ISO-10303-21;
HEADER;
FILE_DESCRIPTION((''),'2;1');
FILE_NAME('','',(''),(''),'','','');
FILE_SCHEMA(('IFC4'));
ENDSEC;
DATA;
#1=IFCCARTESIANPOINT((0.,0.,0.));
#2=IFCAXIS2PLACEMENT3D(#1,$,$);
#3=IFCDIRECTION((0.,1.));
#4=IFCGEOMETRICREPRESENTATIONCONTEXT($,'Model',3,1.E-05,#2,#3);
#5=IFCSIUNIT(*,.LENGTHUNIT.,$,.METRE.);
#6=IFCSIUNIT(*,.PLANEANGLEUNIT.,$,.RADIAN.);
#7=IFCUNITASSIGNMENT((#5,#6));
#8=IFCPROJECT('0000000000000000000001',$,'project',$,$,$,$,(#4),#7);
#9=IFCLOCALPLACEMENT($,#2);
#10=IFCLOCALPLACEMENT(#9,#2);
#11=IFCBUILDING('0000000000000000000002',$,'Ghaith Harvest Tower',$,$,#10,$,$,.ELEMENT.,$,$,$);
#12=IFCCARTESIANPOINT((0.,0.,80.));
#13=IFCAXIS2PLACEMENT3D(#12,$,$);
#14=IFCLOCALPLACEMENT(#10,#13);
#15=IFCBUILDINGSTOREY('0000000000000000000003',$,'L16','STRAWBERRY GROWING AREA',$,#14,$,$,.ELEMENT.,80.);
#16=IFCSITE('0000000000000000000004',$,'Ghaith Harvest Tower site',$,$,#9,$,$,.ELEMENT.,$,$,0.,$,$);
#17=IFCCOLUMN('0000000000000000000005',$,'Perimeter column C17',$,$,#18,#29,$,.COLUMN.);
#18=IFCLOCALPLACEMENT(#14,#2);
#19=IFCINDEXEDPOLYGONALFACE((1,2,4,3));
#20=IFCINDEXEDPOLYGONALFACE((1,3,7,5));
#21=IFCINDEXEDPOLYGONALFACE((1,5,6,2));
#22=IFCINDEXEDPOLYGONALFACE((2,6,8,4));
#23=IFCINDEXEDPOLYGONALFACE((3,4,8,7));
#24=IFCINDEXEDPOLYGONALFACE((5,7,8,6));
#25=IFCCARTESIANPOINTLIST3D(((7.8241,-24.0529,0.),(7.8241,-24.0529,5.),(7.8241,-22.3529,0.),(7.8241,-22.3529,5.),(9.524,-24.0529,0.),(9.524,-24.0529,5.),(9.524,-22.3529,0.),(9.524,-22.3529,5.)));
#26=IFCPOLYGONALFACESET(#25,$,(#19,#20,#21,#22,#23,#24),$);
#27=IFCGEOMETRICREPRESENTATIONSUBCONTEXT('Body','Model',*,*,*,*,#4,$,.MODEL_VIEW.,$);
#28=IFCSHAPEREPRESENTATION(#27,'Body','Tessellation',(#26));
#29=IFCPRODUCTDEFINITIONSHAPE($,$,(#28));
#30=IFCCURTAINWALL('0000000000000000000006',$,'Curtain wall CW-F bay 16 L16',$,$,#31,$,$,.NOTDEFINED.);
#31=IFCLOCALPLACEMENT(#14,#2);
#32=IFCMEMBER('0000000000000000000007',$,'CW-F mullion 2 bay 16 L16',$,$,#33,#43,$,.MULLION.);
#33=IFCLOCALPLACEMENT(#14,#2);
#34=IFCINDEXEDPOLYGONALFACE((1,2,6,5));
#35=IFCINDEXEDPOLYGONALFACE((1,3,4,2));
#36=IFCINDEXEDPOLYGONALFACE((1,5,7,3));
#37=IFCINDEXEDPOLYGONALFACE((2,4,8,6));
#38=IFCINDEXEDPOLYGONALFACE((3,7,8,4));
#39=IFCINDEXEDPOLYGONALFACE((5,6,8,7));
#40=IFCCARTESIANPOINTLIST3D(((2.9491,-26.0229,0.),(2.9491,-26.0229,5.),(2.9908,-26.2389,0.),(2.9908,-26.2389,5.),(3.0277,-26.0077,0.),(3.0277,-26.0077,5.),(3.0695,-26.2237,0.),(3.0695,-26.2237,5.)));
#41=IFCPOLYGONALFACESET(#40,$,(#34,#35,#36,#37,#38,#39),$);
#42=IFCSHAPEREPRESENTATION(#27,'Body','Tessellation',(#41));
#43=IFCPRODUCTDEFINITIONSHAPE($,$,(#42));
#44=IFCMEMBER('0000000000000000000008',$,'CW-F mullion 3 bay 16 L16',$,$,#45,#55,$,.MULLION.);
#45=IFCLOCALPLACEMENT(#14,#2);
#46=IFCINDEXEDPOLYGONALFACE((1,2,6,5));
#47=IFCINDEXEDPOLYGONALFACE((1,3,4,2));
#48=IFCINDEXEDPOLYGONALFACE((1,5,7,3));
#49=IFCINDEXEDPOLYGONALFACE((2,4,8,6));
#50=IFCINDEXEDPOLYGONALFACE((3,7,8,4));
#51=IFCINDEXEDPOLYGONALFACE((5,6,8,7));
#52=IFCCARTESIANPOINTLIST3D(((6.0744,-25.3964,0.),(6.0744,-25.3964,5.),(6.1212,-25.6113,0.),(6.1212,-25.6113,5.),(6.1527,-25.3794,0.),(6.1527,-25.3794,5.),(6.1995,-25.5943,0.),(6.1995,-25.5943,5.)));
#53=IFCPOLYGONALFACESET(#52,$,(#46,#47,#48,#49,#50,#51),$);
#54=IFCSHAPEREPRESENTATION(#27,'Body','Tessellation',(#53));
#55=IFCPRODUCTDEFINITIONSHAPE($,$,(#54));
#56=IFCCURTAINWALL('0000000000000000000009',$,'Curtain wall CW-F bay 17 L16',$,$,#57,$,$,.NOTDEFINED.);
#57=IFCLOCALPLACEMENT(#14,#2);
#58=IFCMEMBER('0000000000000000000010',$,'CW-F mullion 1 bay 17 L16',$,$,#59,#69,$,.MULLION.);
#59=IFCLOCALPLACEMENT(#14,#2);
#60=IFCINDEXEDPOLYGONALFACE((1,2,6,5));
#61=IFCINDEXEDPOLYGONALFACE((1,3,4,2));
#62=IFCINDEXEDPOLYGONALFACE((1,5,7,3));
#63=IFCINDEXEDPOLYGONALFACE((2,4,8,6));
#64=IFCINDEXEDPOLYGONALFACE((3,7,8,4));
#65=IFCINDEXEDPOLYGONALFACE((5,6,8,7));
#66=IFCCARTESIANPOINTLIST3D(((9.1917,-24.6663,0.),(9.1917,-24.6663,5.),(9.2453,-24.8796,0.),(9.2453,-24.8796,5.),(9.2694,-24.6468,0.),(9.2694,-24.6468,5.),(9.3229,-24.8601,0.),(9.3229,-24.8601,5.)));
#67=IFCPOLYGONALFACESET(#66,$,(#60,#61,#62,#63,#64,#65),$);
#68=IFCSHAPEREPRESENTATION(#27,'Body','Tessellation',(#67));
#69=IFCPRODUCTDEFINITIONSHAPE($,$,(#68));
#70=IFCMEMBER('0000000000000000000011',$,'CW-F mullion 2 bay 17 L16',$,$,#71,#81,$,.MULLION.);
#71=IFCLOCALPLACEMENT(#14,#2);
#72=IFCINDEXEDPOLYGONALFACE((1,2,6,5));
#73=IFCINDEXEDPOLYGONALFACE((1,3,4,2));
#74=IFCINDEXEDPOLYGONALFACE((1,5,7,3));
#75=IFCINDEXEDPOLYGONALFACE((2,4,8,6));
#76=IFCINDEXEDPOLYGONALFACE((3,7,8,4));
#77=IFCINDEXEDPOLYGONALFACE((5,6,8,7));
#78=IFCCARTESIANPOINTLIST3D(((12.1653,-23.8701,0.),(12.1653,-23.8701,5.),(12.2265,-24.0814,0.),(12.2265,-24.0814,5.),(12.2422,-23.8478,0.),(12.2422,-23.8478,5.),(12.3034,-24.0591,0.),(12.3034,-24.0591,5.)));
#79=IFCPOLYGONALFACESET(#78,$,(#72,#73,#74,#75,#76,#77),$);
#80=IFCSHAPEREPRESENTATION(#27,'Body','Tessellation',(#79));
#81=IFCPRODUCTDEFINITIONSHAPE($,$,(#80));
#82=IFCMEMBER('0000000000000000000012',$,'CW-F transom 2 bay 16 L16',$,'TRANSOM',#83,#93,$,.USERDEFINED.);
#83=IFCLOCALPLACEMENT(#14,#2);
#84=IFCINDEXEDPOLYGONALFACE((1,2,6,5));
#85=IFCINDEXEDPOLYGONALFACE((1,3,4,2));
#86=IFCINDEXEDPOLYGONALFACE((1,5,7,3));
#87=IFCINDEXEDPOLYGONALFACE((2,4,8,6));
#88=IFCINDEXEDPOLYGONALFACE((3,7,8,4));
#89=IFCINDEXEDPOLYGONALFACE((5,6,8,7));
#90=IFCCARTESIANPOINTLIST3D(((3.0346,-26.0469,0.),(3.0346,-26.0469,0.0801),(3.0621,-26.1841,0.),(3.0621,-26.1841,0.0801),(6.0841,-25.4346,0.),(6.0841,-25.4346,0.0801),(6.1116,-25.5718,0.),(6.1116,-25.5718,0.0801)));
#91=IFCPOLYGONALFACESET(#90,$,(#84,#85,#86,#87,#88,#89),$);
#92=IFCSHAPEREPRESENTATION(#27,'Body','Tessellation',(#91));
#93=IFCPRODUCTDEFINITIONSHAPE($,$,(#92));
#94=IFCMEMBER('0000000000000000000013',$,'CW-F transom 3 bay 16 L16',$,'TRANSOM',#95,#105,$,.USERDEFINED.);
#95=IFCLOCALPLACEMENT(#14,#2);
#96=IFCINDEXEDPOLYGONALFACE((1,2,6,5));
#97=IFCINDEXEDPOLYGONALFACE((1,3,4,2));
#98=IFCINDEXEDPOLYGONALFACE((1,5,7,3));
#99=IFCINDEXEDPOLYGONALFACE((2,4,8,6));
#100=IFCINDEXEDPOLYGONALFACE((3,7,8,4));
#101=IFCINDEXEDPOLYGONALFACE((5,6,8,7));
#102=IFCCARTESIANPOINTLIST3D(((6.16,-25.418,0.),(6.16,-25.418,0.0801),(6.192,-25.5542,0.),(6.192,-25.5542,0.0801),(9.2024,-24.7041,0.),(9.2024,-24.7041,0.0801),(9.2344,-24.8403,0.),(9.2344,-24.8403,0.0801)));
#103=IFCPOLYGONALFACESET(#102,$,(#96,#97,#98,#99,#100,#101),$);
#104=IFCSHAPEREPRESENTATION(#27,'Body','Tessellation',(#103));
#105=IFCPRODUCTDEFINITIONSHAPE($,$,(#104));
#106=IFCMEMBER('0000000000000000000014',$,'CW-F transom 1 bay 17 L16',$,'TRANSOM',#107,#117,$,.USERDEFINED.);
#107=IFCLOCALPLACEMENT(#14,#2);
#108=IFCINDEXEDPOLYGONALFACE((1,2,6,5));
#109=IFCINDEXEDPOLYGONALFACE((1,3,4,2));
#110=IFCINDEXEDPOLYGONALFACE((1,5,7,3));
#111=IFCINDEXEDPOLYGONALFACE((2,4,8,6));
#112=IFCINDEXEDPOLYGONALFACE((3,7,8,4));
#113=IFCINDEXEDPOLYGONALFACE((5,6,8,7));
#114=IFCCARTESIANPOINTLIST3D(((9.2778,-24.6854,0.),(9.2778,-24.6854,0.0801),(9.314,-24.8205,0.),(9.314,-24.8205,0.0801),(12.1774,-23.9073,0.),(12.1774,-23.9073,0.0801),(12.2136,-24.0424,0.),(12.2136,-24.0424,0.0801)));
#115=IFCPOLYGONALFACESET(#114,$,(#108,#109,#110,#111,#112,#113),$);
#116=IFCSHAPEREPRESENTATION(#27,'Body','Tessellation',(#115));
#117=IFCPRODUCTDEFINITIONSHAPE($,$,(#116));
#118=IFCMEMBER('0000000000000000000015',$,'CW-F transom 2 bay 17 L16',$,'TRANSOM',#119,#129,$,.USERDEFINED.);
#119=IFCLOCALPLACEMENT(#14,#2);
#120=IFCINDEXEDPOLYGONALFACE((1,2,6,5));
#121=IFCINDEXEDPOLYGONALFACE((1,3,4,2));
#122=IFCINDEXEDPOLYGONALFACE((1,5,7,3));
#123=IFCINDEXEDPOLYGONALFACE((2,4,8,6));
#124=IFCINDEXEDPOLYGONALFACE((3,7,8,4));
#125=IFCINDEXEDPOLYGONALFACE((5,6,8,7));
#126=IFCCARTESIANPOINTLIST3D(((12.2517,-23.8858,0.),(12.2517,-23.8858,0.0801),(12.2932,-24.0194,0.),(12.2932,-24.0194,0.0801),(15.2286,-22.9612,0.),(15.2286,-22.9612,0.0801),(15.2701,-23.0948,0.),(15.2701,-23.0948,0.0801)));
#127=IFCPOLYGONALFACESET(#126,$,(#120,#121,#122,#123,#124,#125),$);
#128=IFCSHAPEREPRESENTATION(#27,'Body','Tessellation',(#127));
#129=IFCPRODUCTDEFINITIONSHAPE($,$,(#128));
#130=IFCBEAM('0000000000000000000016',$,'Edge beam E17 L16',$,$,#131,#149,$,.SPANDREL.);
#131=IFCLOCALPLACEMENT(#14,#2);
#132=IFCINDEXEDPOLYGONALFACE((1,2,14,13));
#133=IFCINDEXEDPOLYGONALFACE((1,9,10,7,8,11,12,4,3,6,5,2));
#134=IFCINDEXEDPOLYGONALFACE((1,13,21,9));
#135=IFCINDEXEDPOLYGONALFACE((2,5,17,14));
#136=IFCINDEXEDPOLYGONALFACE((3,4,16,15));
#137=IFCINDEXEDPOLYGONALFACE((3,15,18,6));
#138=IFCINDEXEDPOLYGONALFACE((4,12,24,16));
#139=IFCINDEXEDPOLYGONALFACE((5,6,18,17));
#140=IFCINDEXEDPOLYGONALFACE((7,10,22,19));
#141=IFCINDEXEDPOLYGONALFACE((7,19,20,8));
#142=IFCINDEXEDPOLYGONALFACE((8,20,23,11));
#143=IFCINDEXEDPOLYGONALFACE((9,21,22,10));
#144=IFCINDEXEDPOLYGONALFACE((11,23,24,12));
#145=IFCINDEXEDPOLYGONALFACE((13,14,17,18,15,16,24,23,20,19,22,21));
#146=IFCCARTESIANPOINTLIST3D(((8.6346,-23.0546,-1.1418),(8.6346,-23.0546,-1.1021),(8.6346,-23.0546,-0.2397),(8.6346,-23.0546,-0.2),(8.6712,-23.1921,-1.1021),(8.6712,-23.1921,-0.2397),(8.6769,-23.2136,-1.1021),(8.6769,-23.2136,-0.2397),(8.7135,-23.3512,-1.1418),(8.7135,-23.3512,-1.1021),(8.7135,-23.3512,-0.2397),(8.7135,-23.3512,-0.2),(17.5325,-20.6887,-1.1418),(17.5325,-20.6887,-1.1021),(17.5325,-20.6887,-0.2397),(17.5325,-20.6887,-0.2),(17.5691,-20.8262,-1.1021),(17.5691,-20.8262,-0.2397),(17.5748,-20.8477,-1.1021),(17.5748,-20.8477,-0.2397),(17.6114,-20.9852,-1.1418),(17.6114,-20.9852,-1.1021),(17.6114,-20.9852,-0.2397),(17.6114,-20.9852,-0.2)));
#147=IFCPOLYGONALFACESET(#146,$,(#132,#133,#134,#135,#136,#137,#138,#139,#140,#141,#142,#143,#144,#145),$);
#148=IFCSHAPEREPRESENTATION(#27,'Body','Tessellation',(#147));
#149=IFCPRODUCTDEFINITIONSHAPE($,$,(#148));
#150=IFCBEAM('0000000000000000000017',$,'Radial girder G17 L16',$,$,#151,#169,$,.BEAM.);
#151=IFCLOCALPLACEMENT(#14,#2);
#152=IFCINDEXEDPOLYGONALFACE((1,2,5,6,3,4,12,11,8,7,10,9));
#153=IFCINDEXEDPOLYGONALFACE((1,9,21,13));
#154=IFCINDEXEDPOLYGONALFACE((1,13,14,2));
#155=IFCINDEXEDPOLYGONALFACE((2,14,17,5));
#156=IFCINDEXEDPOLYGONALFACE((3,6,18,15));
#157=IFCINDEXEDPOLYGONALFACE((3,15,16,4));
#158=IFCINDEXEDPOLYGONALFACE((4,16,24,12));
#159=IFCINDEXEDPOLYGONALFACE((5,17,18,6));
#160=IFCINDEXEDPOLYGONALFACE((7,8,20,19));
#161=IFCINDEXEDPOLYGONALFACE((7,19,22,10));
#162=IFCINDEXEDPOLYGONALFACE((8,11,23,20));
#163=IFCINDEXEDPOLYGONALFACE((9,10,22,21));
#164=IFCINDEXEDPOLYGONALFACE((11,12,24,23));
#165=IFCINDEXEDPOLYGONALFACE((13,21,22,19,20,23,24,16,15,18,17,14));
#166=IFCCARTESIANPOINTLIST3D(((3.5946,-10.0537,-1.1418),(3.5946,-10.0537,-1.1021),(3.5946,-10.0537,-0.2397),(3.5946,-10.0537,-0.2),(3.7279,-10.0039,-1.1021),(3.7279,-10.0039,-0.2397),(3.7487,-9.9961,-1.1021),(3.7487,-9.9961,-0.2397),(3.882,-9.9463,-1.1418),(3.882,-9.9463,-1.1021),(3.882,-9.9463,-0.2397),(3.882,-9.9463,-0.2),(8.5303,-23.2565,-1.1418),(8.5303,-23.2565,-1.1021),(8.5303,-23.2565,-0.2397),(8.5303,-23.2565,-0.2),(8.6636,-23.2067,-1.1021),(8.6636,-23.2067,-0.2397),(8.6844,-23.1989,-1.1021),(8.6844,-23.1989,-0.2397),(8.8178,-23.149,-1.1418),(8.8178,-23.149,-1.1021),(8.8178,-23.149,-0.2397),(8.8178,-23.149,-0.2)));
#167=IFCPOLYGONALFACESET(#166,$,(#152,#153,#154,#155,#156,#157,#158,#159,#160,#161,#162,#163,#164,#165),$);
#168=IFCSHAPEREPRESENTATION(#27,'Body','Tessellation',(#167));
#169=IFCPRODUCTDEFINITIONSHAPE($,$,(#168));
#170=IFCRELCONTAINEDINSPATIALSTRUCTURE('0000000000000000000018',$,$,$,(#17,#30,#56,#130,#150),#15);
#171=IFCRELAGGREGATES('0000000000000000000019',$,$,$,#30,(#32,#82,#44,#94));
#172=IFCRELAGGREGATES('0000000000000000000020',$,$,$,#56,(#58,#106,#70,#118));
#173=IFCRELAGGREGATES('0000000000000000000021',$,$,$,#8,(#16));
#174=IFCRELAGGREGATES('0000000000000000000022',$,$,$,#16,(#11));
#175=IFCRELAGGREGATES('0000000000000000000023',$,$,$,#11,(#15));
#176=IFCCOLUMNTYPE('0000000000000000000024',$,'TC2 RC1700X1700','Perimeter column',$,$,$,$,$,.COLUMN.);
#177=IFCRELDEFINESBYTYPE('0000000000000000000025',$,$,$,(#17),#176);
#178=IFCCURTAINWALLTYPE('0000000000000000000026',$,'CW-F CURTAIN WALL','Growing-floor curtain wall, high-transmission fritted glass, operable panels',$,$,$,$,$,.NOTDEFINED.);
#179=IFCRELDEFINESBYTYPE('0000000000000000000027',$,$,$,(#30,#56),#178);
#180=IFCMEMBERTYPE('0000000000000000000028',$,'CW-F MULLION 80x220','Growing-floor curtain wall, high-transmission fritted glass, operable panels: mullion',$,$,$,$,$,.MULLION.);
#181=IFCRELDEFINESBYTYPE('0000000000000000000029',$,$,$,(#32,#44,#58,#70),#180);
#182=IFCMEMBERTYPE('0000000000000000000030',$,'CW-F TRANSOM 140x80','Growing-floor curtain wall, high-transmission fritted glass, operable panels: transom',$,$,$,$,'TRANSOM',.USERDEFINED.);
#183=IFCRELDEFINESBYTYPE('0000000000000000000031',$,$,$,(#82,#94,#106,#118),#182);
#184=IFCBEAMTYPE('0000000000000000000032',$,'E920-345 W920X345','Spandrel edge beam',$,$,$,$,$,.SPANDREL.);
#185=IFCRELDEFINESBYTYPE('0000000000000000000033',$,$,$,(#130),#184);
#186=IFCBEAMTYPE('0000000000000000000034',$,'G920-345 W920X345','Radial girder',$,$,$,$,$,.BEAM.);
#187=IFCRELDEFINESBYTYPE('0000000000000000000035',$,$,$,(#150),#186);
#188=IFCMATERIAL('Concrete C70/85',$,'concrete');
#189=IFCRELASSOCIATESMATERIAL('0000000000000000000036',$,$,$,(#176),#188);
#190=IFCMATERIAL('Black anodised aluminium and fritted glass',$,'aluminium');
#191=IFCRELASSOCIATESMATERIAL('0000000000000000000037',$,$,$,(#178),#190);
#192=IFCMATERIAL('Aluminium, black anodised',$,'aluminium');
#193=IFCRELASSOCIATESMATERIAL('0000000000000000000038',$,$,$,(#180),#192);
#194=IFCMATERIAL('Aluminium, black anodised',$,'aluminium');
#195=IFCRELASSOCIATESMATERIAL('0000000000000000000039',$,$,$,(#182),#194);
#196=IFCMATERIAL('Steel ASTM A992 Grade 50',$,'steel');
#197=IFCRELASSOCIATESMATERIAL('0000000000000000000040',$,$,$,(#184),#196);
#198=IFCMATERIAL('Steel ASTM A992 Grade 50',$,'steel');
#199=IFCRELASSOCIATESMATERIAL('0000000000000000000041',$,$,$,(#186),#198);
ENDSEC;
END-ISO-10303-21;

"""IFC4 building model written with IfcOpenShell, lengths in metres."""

from ifc_helpers import new_model, si_unit, direction, frame, origin, origin_2d, place, context, subcontext, project, spatial, rectangle, i_section, extrude, material, material_profile, profile_set, type_object, element, aggregate, save


model = new_model("IFC4")

# Units and contexts
model_context = context("Model", 3, precision=1e-05, world=origin(), true_north=direction((0.0, 1.0)))
body_context = subcontext(model_context, "Body", "Model", "MODEL_VIEW")
ifc_project = project(units=[si_unit("LENGTHUNIT", "METRE"), si_unit("PLANEANGLEUNIT", "RADIAN")], contexts=[model_context])

# Site, building, storey
site_placement = place(None, origin())
site = spatial("IfcSite", under=ifc_project, at=site_placement, Name="Ghaith Harvest Tower site", CompositionType="ELEMENT", RefElevation=0.0)
building_placement = place(site_placement, origin())
building = spatial("IfcBuilding", under=site, at=building_placement, Name="Ghaith Harvest Tower", CompositionType="ELEMENT")
storey_placement = place(building_placement, frame((0.0, 0.0, 80.0)))
storey = spatial("IfcBuildingStorey", under=building, at=storey_placement, Name="L16", Description="STRAWBERRY GROWING AREA", CompositionType="ELEMENT", Elevation=80.0)

# Column
ifc_material_1 = material(Name="Concrete C70/85", Category="concrete")
ifc_material_profile_1 = material_profile(ifc_material_1, rectangle(XDim=1.7, YDim=1.7, at=origin_2d()), Name="RC1700X1700")
ifc_profile_set_1 = profile_set([ifc_material_profile_1], Name="Concrete C70/85")
column_type = type_object("IfcColumnType", Name="TC2 RC1700X1700", Description="Perimeter column", PredefinedType="COLUMN", material=ifc_profile_set_1)
column_placement = place(storey_placement, frame((8.6741, -23.2029, 0.0), z_axis=(0.0, 0.0, 1.0), x_axis=(1.0, 0.0, 0.0)))
element("IfcColumn", 1, at=column_placement, inside=storey, type_object=column_type, Name="Perimeter column C17", PredefinedType="COLUMN", context=body_context, shape_type="SweptSolid", body=[
    extrude(rectangle(XDim=1.7, YDim=1.7, at=origin_2d()), origin(), (0.0, 0.0, 1.0), 5.0),
])

# Curtain walls, members
ifc_material_2 = material(Name="Black anodised aluminium and fritted glass", Category="aluminium")
curtain_wall_type = type_object("IfcCurtainWallType", Name="CW-F CURTAIN WALL", Description="Growing-floor curtain wall, high-transmission fritted glass, operable panels", PredefinedType="NOTDEFINED", material=ifc_material_2)
curtain_wall_1_placement = place(storey_placement, origin())
curtain_wall_1 = element("IfcCurtainWall", 2, at=curtain_wall_1_placement, inside=storey, type_object=curtain_wall_type, Name="Curtain wall CW-F bay 16 L16", PredefinedType="NOTDEFINED")
ifc_material_3 = material(Name="Aluminium, black anodised", Category="aluminium")
ifc_material_profile_2 = material_profile(ifc_material_3, rectangle(XDim=0.0801, YDim=0.22, at=origin_2d()), Name="CW-F MULLION 80x220")
ifc_profile_set_2 = profile_set([ifc_material_profile_2], Name="Aluminium, black anodised")
member_type_1 = type_object("IfcMemberType", Name="CW-F MULLION 80x220", Description="Growing-floor curtain wall, high-transmission fritted glass, operable panels: mullion", PredefinedType="MULLION", material=ifc_profile_set_2)
member_1_placement = place(storey_placement, frame((3.0093, -26.1233, 0.0), z_axis=(0.0, 0.0, 1.0), x_axis=(0.981818, 0.189822, 0.0)))
member_1 = element("IfcMember", 3, at=member_1_placement, type_object=member_type_1, Name="CW-F mullion 2 bay 16 L16", PredefinedType="MULLION", context=body_context, shape_type="SweptSolid", body=[
    extrude(rectangle(XDim=0.0801, YDim=0.22, at=origin_2d()), origin(), (0.0, 0.0, 1.0), 5.0),
])
member_2_placement = place(storey_placement, frame((6.137, -25.4954, 0.0), z_axis=(0.0, 0.0, 1.0), x_axis=(0.977118, 0.212698, 0.0)))
member_2 = element("IfcMember", 4, at=member_2_placement, type_object=member_type_1, Name="CW-F mullion 3 bay 16 L16", PredefinedType="MULLION", context=body_context, shape_type="SweptSolid", body=[
    extrude(rectangle(XDim=0.0801, YDim=0.22, at=origin_2d()), origin(), (0.0, 0.0, 1.0), 5.0),
])
curtain_wall_2_placement = place(storey_placement, origin())
curtain_wall_2 = element("IfcCurtainWall", 5, at=curtain_wall_2_placement, inside=storey, type_object=curtain_wall_type, Name="Curtain wall CW-F bay 17 L16", PredefinedType="NOTDEFINED")
member_3_placement = place(storey_placement, frame((9.2573, -24.7632, 0.0), z_axis=(0.0, 0.0, 1.0), x_axis=(0.969903, 0.24349, 0.0)))
member_3 = element("IfcMember", 6, at=member_3_placement, type_object=member_type_1, Name="CW-F mullion 1 bay 17 L16", PredefinedType="MULLION", context=body_context, shape_type="SweptSolid", body=[
    extrude(rectangle(XDim=0.0801, YDim=0.22, at=origin_2d()), origin(), (0.0, 0.0, 1.0), 5.0),
])
member_4_placement = place(storey_placement, frame((12.2344, -23.9646, 0.0), z_axis=(0.0, 0.0, 1.0), x_axis=(0.960502, 0.278272, 0.0)))
member_4 = element("IfcMember", 7, at=member_4_placement, type_object=member_type_1, Name="CW-F mullion 2 bay 17 L16", PredefinedType="MULLION", context=body_context, shape_type="SweptSolid", body=[
    extrude(rectangle(XDim=0.0801, YDim=0.22, at=origin_2d()), origin(), (0.0, 0.0, 1.0), 5.0),
])

# Members
ifc_material_4 = material(Name="Aluminium, black anodised", Category="aluminium")
ifc_material_profile_3 = material_profile(ifc_material_4, rectangle(XDim=0.1399, YDim=0.0801, at=origin_2d()), Name="CW-F TRANSOM 140x80")
ifc_profile_set_3 = profile_set([ifc_material_profile_3], Name="Aluminium, black anodised")
member_type_2 = type_object("IfcMemberType", Name="CW-F TRANSOM 140x80", Description="Growing-floor curtain wall, high-transmission fritted glass, operable panels: transom", ElementType="TRANSOM", PredefinedType="USERDEFINED", material=ifc_profile_set_3)
member_5_placement = place(storey_placement, frame((3.0483, -26.1155, 0.04), z_axis=(0.980432, 0.196856, 0.0), x_axis=(-0.196856, 0.980432, 0.0)))
member_5 = element("IfcMember", 8, at=member_5_placement, type_object=member_type_2, Name="CW-F transom 2 bay 16 L16", ObjectType="TRANSOM", PredefinedType="USERDEFINED", context=body_context, shape_type="SweptSolid", body=[
    extrude(rectangle(XDim=0.1399, YDim=0.0801, at=origin_2d()), origin(), (0.0, 0.0, 1.0), 3.1104),
])
member_6_placement = place(storey_placement, frame((6.176, -25.4861, 0.04), z_axis=(0.97356, 0.22843, 0.0), x_axis=(-0.22843, 0.97356, 0.0)))
member_6 = element("IfcMember", 9, at=member_6_placement, type_object=member_type_2, Name="CW-F transom 3 bay 16 L16", ObjectType="TRANSOM", PredefinedType="USERDEFINED", context=body_context, shape_type="SweptSolid", body=[
    extrude(rectangle(XDim=0.1399, YDim=0.0801, at=origin_2d()), origin(), (0.0, 0.0, 1.0), 3.125),
])
member_7_placement = place(storey_placement, frame((9.2959, -24.7529, 0.04), z_axis=(0.965833, 0.259166, 0.0), x_axis=(-0.259166, 0.965833, 0.0)))
member_7 = element("IfcMember", 10, at=member_7_placement, type_object=member_type_2, Name="CW-F transom 1 bay 17 L16", ObjectType="TRANSOM", PredefinedType="USERDEFINED", context=body_context, shape_type="SweptSolid", body=[
    extrude(rectangle(XDim=0.1399, YDim=0.0801, at=origin_2d()), origin(), (0.0, 0.0, 1.0), 3.0022),
])
member_8_placement = place(storey_placement, frame((12.2725, -23.9526, 0.04), z_axis=(0.954998, 0.296611, 0.0), x_axis=(-0.296611, 0.954998, 0.0)))
member_8 = element("IfcMember", 11, at=member_8_placement, type_object=member_type_2, Name="CW-F transom 2 bay 17 L16", ObjectType="TRANSOM", PredefinedType="USERDEFINED", context=body_context, shape_type="SweptSolid", body=[
    extrude(rectangle(XDim=0.1399, YDim=0.0801, at=origin_2d()), origin(), (0.0, 0.0, 1.0), 3.1172),
])

# Beams
ifc_material_5 = material(Name="Steel ASTM A992 Grade 50", Category="steel")
ifc_material_profile_4 = material_profile(ifc_material_5, i_section(OverallWidth=0.3069, OverallDepth=0.9419, WebThickness=0.0222, FlangeThickness=0.0398, at=origin_2d()), Name="W920X345")
ifc_profile_set_4 = profile_set([ifc_material_profile_4], Name="Steel ASTM A992 Grade 50")
beam_type_1 = type_object("IfcBeamType", Name="E920-345 W920X345", Description="Spandrel edge beam", PredefinedType="SPANDREL", material=ifc_profile_set_4)
beam_1_placement = place(storey_placement, frame((8.6741, -23.2029, -0.6709), z_axis=(0.966419, 0.256971, 0.0), x_axis=(-0.256971, 0.966419, 0.0)))
element("IfcBeam", 12, at=beam_1_placement, inside=storey, type_object=beam_type_1, Name="Edge beam E17 L16", PredefinedType="SPANDREL", context=body_context, shape_type="SweptSolid", body=[
    extrude(i_section(OverallWidth=0.3069, OverallDepth=0.9419, WebThickness=0.0222, FlangeThickness=0.0398, at=origin_2d()), origin(), (0.0, 0.0, 1.0), 9.207),
])
ifc_material_6 = material(Name="Steel ASTM A992 Grade 50", Category="steel")
ifc_material_profile_5 = material_profile(ifc_material_6, i_section(OverallWidth=0.3069, OverallDepth=0.9419, WebThickness=0.0222, FlangeThickness=0.0398, at=origin_2d()), Name="W920X345")
ifc_profile_set_5 = profile_set([ifc_material_profile_5], Name="Steel ASTM A992 Grade 50")
beam_type_2 = type_object("IfcBeamType", Name="G920-345 W920X345", Description="Radial girder", PredefinedType="BEAM", material=ifc_profile_set_5)
beam_2_placement = place(storey_placement, frame((3.7383, -10.0, -0.6709), z_axis=(0.350172, -0.936685, 0.0), x_axis=(0.936685, 0.350172, 0.0)))
element("IfcBeam", 13, at=beam_2_placement, inside=storey, type_object=beam_type_2, Name="Radial girder G17 L16", PredefinedType="BEAM", context=body_context, shape_type="SweptSolid", body=[
    extrude(i_section(OverallWidth=0.3069, OverallDepth=0.9419, WebThickness=0.0222, FlangeThickness=0.0398, at=origin_2d()), origin(), (0.0, 0.0, 1.0), 14.0952),
])

aggregate(curtain_wall_1, [member_1, member_5, member_2, member_6])
aggregate(curtain_wall_2, [member_3, member_7, member_4, member_8])

save(model, "model.ifc")
